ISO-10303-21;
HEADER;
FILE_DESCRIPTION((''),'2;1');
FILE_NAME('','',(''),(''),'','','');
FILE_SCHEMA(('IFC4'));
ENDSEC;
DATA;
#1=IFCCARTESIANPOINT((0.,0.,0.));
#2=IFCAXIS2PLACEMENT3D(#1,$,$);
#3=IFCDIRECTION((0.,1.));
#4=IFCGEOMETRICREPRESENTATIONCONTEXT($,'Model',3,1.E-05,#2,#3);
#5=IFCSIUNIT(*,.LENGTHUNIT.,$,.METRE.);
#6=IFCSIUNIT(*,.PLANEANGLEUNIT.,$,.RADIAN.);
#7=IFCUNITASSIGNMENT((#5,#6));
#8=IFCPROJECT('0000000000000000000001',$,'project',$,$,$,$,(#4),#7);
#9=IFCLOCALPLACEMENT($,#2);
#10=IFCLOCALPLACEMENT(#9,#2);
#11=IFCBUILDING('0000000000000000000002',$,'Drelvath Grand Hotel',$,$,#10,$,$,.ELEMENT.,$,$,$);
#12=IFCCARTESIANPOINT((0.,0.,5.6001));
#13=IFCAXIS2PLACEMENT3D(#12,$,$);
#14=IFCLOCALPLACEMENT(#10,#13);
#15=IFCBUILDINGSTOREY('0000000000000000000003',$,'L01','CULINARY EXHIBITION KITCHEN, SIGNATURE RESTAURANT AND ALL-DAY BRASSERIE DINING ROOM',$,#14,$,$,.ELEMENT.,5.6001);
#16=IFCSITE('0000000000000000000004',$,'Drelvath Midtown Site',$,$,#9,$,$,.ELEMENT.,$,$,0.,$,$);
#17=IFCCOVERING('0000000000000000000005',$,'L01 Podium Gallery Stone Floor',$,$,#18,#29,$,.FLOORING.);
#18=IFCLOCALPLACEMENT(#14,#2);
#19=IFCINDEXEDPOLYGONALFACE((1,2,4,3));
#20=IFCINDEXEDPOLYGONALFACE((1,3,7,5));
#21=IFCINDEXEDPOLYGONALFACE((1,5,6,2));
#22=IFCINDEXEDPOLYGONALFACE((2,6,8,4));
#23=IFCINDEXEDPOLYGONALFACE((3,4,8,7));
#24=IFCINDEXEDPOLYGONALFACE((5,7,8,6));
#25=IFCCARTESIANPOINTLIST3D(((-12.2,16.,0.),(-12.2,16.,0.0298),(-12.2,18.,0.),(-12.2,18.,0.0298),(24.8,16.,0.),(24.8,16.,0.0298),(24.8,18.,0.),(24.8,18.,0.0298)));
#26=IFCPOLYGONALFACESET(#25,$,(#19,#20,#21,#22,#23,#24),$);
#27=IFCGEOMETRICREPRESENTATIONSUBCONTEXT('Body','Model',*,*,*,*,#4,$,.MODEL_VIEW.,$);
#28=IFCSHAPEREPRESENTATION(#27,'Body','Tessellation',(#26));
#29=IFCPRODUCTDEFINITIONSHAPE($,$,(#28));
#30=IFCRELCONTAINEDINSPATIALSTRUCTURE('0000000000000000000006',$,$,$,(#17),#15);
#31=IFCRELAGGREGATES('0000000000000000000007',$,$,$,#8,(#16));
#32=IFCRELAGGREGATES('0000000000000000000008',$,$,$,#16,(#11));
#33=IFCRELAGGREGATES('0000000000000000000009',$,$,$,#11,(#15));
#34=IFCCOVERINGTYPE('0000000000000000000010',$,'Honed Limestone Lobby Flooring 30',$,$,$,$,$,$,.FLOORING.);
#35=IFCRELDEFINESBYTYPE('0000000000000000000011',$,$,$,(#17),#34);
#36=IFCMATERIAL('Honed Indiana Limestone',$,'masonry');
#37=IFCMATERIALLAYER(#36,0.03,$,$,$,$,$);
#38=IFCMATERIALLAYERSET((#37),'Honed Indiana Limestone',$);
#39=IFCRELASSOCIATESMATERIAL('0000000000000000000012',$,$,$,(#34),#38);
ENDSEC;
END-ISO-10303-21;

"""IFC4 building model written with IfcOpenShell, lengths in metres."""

from ifc_helpers import new_model, si_unit, direction, frame, origin, place, context, subcontext, project, spatial, polyline, outline, extrude, material, layer, layer_set, type_object, element, save


model = new_model("IFC4")

# Units and contexts
model_context = context("Model", 3, precision=1e-05, world=origin(), true_north=direction((0.0, 1.0)))
body_context = subcontext(model_context, "Body", "Model", "MODEL_VIEW")
ifc_project = project(units=[si_unit("LENGTHUNIT", "METRE"), si_unit("PLANEANGLEUNIT", "RADIAN")], contexts=[model_context])

# Site, building, storey
site_placement = place(None, origin())
site = spatial("IfcSite", under=ifc_project, at=site_placement, Name="Drelvath Midtown Site", CompositionType="ELEMENT", RefElevation=0.0)
building_placement = place(site_placement, origin())
building = spatial("IfcBuilding", under=site, at=building_placement, Name="Drelvath Grand Hotel", CompositionType="ELEMENT")
storey_placement = place(building_placement, frame((0.0, 0.0, 5.6001)))
storey = spatial("IfcBuildingStorey", under=building, at=storey_placement, Name="L01", Description="CULINARY EXHIBITION KITCHEN, SIGNATURE RESTAURANT AND ALL-DAY BRASSERIE DINING ROOM", CompositionType="ELEMENT", Elevation=5.6001)

# Covering
ifc_material_1 = material(Name="Honed Indiana Limestone", Category="masonry")
ifc_layer_1 = layer(ifc_material_1, 0.03)
ifc_layer_set_1 = layer_set([ifc_layer_1], Name="Honed Indiana Limestone")
covering_type_1 = type_object("IfcCoveringType", Name="Honed Limestone Lobby Flooring 30", PredefinedType="FLOORING", material=ifc_layer_set_1)
covering_1_placement = place(storey_placement, origin())
element("IfcCovering", 1, at=covering_1_placement, inside=storey, type_object=covering_type_1, Name="L01 Podium Gallery Stone Floor", PredefinedType="FLOORING", context=body_context, shape_type="SweptSolid", body=[
    extrude(outline(polyline([(24.8, 16.0), (24.8, 18.0), (-12.2, 18.0), (-12.2, 16.0), (24.8, 16.0)])), origin(), (0.0, 0.0, 1.0), 0.0298),
])

save(model, "model.ifc")
